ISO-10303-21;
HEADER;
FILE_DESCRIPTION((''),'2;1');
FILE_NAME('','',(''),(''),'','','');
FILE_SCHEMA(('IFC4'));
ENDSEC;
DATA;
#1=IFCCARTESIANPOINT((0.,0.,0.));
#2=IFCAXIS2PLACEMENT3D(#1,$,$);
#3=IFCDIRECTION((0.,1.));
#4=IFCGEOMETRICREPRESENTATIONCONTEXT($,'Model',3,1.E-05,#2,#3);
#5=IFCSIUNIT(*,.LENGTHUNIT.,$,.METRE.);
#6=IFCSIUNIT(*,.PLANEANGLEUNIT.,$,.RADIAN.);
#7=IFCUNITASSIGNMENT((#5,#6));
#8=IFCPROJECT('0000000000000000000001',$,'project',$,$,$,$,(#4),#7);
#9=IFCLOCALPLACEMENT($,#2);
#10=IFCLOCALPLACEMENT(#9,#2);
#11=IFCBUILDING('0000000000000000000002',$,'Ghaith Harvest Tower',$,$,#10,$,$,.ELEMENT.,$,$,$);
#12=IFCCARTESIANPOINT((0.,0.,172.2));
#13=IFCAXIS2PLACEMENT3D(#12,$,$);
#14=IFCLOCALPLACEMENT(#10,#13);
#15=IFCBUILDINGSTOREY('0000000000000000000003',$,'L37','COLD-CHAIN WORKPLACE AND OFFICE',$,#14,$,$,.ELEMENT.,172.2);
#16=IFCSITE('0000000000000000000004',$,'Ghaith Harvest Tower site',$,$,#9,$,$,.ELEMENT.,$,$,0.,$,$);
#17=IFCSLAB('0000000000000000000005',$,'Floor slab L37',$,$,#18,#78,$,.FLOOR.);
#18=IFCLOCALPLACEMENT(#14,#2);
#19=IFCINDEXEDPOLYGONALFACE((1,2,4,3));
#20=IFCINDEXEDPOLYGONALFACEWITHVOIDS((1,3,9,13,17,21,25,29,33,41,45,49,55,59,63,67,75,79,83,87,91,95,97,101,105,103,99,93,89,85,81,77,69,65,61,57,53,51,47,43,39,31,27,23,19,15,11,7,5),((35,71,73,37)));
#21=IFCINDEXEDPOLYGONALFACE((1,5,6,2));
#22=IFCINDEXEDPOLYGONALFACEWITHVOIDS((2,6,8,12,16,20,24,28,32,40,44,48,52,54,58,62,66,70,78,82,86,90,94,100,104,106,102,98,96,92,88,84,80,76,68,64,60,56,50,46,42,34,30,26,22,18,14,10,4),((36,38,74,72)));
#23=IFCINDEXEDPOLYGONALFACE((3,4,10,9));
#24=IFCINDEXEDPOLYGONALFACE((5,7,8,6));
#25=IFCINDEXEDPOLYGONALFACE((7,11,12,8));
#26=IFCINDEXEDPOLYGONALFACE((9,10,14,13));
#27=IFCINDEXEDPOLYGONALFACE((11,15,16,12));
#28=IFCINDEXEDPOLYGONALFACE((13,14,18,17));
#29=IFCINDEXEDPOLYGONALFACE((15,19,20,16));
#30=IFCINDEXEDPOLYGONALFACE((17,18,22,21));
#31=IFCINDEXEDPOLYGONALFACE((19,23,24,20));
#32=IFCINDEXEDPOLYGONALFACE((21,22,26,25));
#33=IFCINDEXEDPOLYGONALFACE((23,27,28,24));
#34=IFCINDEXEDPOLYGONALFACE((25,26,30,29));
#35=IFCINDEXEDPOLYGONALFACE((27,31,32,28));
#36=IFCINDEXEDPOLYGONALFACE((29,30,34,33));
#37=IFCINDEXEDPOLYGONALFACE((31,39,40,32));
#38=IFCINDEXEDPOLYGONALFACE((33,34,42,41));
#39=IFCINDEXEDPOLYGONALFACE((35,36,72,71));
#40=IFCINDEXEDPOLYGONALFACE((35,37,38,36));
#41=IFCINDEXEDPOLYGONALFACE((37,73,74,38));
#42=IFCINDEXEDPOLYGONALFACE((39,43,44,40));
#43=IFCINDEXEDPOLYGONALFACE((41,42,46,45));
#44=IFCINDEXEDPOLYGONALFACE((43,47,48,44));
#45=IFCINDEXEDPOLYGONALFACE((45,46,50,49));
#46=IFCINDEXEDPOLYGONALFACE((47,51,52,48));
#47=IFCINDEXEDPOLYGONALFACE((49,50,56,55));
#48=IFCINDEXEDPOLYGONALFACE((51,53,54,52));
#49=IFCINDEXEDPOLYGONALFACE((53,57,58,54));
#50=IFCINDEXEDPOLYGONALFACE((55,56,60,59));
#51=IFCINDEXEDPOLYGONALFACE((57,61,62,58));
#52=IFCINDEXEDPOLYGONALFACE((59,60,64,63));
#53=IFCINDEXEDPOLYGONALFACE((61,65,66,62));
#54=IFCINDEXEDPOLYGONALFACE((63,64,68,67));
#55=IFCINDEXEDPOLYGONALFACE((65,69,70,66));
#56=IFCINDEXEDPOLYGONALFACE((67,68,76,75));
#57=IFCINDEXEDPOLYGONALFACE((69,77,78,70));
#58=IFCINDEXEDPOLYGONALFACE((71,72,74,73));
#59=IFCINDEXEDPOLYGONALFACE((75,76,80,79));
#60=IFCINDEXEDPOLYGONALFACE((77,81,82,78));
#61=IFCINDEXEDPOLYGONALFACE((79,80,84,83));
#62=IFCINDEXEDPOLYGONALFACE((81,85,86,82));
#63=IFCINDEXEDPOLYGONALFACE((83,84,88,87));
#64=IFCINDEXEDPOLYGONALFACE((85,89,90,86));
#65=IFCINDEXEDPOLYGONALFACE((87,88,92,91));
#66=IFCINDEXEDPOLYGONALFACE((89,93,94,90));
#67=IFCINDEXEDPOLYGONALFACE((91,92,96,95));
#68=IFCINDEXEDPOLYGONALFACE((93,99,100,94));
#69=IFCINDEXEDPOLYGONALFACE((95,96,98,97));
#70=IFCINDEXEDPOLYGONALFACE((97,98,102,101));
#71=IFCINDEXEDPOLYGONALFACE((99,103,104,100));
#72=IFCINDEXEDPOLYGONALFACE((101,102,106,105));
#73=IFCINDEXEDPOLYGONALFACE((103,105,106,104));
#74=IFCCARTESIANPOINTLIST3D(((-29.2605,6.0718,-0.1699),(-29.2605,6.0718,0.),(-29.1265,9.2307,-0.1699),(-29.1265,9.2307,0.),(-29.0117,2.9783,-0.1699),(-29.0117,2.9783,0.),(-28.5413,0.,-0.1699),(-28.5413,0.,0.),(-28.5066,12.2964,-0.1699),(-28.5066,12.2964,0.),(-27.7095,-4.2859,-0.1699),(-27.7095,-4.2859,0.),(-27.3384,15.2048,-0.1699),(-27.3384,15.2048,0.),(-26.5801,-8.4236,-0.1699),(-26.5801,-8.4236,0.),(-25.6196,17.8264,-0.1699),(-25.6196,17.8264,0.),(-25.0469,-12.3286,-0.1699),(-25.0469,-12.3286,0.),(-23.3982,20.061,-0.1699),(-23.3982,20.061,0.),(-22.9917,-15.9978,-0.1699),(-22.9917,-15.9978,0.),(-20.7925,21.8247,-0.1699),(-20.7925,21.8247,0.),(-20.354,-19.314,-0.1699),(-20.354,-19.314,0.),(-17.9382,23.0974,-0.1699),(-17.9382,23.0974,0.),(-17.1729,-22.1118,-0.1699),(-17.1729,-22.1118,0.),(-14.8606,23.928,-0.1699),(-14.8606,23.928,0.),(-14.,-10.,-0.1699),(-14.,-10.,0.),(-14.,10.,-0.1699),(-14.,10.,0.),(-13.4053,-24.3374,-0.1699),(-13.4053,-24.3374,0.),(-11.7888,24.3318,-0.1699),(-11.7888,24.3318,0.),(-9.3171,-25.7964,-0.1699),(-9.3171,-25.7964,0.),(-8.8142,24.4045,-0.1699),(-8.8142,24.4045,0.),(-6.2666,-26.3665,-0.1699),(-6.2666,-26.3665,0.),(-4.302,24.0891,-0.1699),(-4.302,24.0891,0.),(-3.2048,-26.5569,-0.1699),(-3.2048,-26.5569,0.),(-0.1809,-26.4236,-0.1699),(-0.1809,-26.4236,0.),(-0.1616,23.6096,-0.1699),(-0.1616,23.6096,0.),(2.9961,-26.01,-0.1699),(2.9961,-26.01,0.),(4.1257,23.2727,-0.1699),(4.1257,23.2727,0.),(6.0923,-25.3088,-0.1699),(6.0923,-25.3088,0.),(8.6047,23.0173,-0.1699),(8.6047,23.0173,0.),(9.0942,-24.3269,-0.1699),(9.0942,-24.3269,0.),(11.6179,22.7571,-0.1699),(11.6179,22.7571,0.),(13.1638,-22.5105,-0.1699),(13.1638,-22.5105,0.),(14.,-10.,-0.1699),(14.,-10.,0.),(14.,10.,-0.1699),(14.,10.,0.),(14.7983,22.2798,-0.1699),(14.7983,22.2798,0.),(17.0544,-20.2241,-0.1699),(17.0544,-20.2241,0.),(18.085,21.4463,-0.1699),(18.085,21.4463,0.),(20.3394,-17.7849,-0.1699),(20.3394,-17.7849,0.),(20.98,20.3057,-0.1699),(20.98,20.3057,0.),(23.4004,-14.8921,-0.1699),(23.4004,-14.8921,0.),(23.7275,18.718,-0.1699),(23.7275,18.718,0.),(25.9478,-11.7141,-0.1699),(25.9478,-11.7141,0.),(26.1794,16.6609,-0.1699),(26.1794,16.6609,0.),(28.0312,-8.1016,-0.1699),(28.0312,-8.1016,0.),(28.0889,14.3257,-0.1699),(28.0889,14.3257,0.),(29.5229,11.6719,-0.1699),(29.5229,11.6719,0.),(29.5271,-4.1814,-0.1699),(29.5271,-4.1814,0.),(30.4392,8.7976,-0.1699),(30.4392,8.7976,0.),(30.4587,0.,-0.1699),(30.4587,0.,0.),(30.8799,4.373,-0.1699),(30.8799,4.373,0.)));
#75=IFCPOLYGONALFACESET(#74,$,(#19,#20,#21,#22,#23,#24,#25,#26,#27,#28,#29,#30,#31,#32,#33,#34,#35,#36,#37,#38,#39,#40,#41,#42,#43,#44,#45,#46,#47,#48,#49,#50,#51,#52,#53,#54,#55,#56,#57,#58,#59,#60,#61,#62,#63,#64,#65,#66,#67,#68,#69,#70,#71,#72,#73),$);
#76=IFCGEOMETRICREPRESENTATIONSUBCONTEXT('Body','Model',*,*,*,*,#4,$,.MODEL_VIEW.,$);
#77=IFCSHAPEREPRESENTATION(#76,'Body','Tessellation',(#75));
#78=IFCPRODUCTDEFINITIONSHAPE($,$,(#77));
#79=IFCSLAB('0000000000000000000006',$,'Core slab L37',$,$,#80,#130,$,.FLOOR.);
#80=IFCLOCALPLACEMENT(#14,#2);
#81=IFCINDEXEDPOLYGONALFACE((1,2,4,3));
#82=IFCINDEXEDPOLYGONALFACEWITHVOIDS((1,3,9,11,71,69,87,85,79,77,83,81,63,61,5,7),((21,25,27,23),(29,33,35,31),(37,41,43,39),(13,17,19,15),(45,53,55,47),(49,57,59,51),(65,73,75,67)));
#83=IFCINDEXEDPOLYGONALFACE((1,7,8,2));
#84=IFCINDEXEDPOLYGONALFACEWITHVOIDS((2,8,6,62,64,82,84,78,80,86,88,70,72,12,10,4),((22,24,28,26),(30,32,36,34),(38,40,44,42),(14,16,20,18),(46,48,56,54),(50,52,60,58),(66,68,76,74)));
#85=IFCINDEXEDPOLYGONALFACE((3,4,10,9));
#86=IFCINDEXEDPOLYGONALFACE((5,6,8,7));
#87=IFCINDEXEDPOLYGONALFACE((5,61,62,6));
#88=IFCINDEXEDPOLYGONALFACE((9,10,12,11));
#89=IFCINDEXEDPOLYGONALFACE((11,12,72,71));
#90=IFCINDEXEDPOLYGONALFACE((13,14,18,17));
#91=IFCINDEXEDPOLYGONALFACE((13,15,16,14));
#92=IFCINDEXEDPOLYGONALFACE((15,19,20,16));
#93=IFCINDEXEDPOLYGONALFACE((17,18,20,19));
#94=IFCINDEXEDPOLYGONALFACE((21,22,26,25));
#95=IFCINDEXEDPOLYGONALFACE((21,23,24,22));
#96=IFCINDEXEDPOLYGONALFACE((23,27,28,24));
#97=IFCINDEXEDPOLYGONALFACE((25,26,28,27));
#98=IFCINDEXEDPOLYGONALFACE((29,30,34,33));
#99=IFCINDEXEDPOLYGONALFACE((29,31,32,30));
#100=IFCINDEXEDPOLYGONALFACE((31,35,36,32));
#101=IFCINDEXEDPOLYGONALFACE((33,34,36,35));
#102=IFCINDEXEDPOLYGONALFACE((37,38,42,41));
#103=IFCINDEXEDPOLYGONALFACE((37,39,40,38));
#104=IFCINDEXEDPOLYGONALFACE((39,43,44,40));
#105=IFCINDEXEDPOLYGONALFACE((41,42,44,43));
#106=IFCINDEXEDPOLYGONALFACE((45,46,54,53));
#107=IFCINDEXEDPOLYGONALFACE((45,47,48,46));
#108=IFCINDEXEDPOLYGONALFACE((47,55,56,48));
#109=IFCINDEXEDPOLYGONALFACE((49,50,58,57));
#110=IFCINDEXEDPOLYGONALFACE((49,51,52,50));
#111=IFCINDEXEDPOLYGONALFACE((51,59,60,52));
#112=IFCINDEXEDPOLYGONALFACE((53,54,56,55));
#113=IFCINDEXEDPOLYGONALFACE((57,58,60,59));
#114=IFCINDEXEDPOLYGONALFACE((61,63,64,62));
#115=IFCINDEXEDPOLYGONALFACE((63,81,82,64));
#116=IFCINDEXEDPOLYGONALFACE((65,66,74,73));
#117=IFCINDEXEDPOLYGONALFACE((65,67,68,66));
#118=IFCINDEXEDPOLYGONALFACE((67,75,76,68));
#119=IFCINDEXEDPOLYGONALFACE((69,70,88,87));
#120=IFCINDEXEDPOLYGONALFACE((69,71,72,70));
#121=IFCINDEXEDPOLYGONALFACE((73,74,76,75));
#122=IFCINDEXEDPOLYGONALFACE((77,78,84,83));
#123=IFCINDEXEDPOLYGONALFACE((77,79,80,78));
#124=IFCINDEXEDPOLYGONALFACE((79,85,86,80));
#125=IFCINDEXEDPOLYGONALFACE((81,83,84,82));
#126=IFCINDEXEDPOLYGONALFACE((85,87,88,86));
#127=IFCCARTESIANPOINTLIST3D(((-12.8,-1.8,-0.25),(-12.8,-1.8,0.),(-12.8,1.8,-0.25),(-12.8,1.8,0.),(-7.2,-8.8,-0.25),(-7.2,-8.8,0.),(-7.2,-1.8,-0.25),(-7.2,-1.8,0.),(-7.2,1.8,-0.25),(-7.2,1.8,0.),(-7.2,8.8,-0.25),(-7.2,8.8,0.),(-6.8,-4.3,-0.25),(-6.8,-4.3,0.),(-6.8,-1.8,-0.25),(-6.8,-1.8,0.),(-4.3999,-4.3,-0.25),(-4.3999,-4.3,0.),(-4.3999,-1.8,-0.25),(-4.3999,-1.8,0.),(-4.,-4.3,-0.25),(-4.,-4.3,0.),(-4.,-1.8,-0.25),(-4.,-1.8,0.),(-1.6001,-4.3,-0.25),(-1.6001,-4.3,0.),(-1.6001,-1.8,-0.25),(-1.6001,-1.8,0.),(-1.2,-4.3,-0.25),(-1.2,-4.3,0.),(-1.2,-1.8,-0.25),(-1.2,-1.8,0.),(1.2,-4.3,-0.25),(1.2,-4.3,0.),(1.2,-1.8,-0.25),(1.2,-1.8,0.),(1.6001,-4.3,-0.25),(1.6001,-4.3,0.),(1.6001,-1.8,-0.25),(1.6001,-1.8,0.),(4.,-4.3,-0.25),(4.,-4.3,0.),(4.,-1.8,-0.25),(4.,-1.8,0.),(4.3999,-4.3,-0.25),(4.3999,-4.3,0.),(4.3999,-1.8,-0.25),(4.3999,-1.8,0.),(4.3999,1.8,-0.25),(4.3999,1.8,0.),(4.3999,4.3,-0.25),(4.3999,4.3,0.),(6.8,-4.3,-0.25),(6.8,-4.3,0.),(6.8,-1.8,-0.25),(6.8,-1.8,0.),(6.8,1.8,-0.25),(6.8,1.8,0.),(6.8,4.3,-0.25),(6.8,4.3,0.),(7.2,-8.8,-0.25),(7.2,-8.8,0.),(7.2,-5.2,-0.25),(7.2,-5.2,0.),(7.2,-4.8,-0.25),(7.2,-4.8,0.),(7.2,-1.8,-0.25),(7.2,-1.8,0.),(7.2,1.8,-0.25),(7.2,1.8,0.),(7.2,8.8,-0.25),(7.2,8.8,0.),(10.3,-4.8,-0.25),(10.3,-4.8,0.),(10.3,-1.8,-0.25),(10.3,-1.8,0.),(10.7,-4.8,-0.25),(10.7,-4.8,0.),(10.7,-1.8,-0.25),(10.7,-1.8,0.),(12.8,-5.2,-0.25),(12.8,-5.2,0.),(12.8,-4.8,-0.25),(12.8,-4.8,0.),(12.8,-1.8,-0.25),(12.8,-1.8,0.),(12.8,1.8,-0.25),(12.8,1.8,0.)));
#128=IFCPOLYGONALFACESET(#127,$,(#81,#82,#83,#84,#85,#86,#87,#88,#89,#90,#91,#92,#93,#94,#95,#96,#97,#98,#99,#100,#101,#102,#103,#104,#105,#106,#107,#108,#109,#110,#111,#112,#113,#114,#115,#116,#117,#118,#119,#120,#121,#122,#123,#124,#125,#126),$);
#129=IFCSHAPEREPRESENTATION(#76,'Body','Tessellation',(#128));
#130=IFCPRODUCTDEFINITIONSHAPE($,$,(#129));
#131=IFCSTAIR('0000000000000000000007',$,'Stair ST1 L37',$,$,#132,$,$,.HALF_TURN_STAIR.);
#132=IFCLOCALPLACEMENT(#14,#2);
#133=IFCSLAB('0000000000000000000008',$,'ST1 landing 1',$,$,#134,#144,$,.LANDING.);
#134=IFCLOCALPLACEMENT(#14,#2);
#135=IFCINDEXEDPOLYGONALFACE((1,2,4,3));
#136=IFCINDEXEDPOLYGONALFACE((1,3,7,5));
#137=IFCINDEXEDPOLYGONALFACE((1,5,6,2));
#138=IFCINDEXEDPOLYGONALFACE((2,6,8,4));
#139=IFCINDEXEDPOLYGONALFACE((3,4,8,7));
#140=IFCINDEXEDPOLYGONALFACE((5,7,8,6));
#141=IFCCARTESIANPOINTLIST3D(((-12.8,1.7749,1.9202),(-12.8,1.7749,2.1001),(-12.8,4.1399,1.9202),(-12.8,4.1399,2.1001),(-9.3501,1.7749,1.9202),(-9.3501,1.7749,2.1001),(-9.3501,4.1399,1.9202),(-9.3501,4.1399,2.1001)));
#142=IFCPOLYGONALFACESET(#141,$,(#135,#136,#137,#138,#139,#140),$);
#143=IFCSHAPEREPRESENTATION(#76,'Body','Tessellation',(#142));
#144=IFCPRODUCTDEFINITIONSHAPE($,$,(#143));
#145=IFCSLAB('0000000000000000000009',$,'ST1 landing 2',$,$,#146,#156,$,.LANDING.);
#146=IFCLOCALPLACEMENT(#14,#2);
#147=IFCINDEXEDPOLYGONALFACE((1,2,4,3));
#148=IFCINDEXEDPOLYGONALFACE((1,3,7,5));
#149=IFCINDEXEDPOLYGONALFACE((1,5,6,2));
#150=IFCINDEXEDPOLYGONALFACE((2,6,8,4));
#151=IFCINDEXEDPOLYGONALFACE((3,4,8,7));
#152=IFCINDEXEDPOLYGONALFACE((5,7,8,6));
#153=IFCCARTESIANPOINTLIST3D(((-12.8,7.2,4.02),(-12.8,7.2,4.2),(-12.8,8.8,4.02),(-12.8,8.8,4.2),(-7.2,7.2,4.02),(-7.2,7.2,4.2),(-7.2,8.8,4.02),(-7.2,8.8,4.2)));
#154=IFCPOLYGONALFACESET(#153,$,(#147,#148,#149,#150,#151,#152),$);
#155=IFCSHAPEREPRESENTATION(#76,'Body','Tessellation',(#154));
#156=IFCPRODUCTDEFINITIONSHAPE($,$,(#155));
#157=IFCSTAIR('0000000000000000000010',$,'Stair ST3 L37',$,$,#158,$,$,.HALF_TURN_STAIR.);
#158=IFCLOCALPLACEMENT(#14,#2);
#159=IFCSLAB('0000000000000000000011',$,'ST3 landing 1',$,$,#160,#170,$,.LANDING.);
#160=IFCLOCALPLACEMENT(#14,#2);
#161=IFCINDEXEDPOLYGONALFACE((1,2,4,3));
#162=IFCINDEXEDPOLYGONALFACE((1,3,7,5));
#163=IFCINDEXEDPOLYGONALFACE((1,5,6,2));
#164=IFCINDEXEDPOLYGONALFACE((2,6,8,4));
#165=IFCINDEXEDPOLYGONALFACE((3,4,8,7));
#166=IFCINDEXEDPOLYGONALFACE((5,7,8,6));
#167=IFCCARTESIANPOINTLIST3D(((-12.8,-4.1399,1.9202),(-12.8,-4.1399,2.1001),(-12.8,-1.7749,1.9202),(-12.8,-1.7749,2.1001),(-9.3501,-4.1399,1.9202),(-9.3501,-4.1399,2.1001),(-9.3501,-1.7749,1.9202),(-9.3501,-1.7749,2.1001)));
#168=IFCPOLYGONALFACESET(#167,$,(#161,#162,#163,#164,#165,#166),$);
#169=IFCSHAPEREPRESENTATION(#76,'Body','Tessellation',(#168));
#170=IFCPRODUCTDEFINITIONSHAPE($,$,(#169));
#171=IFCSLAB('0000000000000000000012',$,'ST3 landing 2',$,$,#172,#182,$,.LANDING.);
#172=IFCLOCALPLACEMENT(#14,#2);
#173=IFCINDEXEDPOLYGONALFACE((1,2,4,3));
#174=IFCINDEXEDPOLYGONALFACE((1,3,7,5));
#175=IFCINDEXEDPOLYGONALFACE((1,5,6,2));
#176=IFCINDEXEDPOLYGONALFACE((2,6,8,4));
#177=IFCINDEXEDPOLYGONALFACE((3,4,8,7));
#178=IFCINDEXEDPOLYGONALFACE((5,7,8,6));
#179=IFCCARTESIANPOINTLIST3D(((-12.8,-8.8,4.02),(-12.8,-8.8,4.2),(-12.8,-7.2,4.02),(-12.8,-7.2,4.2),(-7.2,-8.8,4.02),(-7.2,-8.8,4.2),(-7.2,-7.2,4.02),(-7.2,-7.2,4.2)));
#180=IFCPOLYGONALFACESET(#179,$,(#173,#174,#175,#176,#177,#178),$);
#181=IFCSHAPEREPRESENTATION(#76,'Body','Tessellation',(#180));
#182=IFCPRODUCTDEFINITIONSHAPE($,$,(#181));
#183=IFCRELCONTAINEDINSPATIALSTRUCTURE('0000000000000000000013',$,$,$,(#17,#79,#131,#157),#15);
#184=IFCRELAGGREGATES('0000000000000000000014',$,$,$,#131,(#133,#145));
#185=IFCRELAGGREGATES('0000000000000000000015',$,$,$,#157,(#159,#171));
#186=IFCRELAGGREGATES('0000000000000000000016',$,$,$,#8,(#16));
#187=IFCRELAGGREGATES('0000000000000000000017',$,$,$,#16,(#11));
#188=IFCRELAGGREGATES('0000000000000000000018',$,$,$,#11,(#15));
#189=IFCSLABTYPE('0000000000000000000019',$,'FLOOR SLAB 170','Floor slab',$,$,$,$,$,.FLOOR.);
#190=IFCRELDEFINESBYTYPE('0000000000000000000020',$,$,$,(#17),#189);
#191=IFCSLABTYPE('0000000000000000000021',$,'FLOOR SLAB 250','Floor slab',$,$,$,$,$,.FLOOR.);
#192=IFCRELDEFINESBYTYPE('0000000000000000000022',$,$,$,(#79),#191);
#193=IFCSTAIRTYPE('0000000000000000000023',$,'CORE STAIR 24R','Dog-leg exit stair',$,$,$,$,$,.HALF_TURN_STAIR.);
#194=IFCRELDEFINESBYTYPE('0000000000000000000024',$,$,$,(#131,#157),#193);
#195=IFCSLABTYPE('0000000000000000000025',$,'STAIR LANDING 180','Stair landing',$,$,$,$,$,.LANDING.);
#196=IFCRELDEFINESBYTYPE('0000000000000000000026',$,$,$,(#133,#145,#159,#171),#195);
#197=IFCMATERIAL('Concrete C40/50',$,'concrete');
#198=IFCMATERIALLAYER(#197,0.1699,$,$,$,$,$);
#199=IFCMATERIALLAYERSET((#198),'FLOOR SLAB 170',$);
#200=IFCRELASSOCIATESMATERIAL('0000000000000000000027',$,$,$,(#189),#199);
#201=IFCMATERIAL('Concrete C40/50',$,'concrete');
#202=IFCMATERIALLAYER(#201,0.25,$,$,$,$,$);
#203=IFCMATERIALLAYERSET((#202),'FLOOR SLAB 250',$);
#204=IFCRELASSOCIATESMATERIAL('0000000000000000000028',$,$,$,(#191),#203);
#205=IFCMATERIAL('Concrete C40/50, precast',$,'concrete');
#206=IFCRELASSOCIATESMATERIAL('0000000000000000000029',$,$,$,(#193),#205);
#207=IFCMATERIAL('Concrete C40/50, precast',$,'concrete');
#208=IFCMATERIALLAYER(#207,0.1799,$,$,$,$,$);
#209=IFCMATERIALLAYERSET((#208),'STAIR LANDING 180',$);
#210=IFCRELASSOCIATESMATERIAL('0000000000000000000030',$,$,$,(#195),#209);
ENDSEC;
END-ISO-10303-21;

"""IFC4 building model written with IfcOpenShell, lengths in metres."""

from ifc_helpers import new_model, si_unit, direction, frame, origin, place, context, subcontext, project, spatial, polyline, outline, extrude, material, layer, layer_set, type_object, element, aggregate, save


model = new_model("IFC4")

# Units and contexts
model_context = context("Model", 3, precision=1e-05, world=origin(), true_north=direction((0.0, 1.0)))
body_context = subcontext(model_context, "Body", "Model", "MODEL_VIEW")
ifc_project = project(units=[si_unit("LENGTHUNIT", "METRE"), si_unit("PLANEANGLEUNIT", "RADIAN")], contexts=[model_context])

# Site, building, storey
site_placement = place(None, origin())
site = spatial("IfcSite", under=ifc_project, at=site_placement, Name="Ghaith Harvest Tower site", CompositionType="ELEMENT", RefElevation=0.0)
building_placement = place(site_placement, origin())
building = spatial("IfcBuilding", under=site, at=building_placement, Name="Ghaith Harvest Tower", CompositionType="ELEMENT")
storey_placement = place(building_placement, frame((0.0, 0.0, 172.2)))
storey = spatial("IfcBuildingStorey", under=building, at=storey_placement, Name="L37", Description="COLD-CHAIN WORKPLACE AND OFFICE", CompositionType="ELEMENT", Elevation=172.2)

# Slabs
ifc_material_1 = material(Name="Concrete C40/50", Category="concrete")
ifc_layer_1 = layer(ifc_material_1, 0.1699)
ifc_layer_set_1 = layer_set([ifc_layer_1], Name="FLOOR SLAB 170")
slab_type_1 = type_object("IfcSlabType", Name="FLOOR SLAB 170", Description="Floor slab", PredefinedType="FLOOR", material=ifc_layer_set_1)
slab_1_placement = place(storey_placement, frame((0.0, 0.0, -0.1699)))
element("IfcSlab", 1, at=slab_1_placement, inside=storey, type_object=slab_type_1, Name="Floor slab L37", PredefinedType="FLOOR", context=body_context, shape_type="SweptSolid", body=[
    extrude(outline(polyline([(30.4587, 0.0), (30.8799, 4.373), (30.4392, 8.7976), (29.5229, 11.6719), (28.0889, 14.3257), (26.1794, 16.6609), (23.7275, 18.718), (20.98, 20.3057), (18.085, 21.4463), (14.7983, 22.2798), (11.6179, 22.7571), (8.6047, 23.0173), (4.1257, 23.2727), (-0.1616, 23.6096), (-4.302, 24.0891), (-8.8142, 24.4045), (-11.7888, 24.3318), (-14.8606, 23.928), (-17.9382, 23.0974), (-20.7925, 21.8247), (-23.3982, 20.061), (-25.6196, 17.8264), (-27.3384, 15.2048), (-28.5066, 12.2964), (-29.1265, 9.2307), (-29.2605, 6.0718), (-29.0117, 2.9783), (-28.5413, 0.0), (-27.7095, -4.2859), (-26.5801, -8.4236), (-25.0469, -12.3286), (-22.9917, -15.9978), (-20.354, -19.314), (-17.1729, -22.1118), (-13.4053, -24.3374), (-9.3171, -25.7964), (-6.2666, -26.3665), (-3.2048, -26.5569), (-0.1809, -26.4236), (2.9961, -26.01), (6.0923, -25.3088), (9.0942, -24.3269), (13.1638, -22.5105), (17.0544, -20.2241), (20.3394, -17.7849), (23.4004, -14.8921), (25.9478, -11.7141), (28.0312, -8.1016), (29.5271, -4.1814), (30.4587, 0.0)]), holes=[polyline([(-14.0, -10.0), (14.0, -10.0), (14.0, 10.0), (-14.0, 10.0), (-14.0, -10.0)])]), origin(), (0.0, 0.0, 1.0), 0.1699),
])
ifc_material_2 = material(Name="Concrete C40/50", Category="concrete")
ifc_layer_2 = layer(ifc_material_2, 0.25)
ifc_layer_set_2 = layer_set([ifc_layer_2], Name="FLOOR SLAB 250")
slab_type_2 = type_object("IfcSlabType", Name="FLOOR SLAB 250", Description="Floor slab", PredefinedType="FLOOR", material=ifc_layer_set_2)
slab_2_placement = place(storey_placement, frame((0.0, 0.0, -0.25)))
element("IfcSlab", 2, at=slab_2_placement, inside=storey, type_object=slab_type_2, Name="Core slab L37", PredefinedType="FLOOR", context=body_context, shape_type="SweptSolid", body=[
    extrude(outline(polyline([(-12.8, 1.8), (-7.2, 1.8), (-7.2, 8.8), (7.2, 8.8), (7.2, 1.8), (12.8, 1.8), (12.8, -1.8), (10.7, -1.8), (10.7, -4.8), (12.8, -4.8), (12.8, -5.2), (7.2, -5.2), (7.2, -8.8), (-7.2, -8.8), (-7.2, -1.8), (-12.8, -1.8), (-12.8, 1.8)]), holes=[polyline([(-4.3999, -4.3), (-4.3999, -1.8), (-6.8, -1.8), (-6.8, -4.3), (-4.3999, -4.3)]), polyline([(-1.6001, -4.3), (-1.6001, -1.8), (-4.0, -1.8), (-4.0, -4.3), (-1.6001, -4.3)]), polyline([(1.2, -1.8), (-1.2, -1.8), (-1.2, -4.3), (1.2, -4.3), (1.2, -1.8)]), polyline([(4.0, -4.3), (4.0, -1.8), (1.6001, -1.8), (1.6001, -4.3), (4.0, -4.3)]), polyline([(10.3, -4.8), (10.3, -1.8), (7.2, -1.8), (7.2, -4.8), (10.3, -4.8)]), polyline([(6.8, -1.8), (4.3999, -1.8), (4.3999, -4.3), (6.8, -4.3), (6.8, -1.8)]), polyline([(6.8, 1.8), (6.8, 4.3), (4.3999, 4.3), (4.3999, 1.8), (6.8, 1.8)])]), origin(), (0.0, 0.0, 1.0), 0.25),
])

# Stairs, slabs
ifc_material_3 = material(Name="Concrete C40/50, precast", Category="concrete")
stair_type = type_object("IfcStairType", Name="CORE STAIR 24R", Description="Dog-leg exit stair", PredefinedType="HALF_TURN_STAIR", material=ifc_material_3)
stair_1_placement = place(storey_placement, origin())
stair_1 = element("IfcStair", 3, at=stair_1_placement, inside=storey, type_object=stair_type, Name="Stair ST1 L37", PredefinedType="HALF_TURN_STAIR")
ifc_material_4 = material(Name="Concrete C40/50, precast", Category="concrete")
ifc_layer_3 = layer(ifc_material_4, 0.1799)
ifc_layer_set_3 = layer_set([ifc_layer_3], Name="STAIR LANDING 180")
slab_type_3 = type_object("IfcSlabType", Name="STAIR LANDING 180", Description="Stair landing", PredefinedType="LANDING", material=ifc_layer_set_3)
slab_3_placement = place(storey_placement, frame((0.0, 0.0, 1.9202)))
slab_3 = element("IfcSlab", 4, at=slab_3_placement, type_object=slab_type_3, Name="ST1 landing 1", PredefinedType="LANDING", context=body_context, shape_type="SweptSolid", body=[
    extrude(outline(polyline([(-12.8, 4.1399), (-12.8, 1.7749), (-9.3501, 1.7749), (-9.3501, 4.1399), (-12.8, 4.1399)])), origin(), (0.0, 0.0, 1.0), 0.1799),
])
slab_4_placement = place(storey_placement, frame((0.0, 0.0, 4.02)))
slab_4 = element("IfcSlab", 5, at=slab_4_placement, type_object=slab_type_3, Name="ST1 landing 2", PredefinedType="LANDING", context=body_context, shape_type="SweptSolid", body=[
    extrude(outline(polyline([(-12.8, 8.8), (-12.8, 7.2), (-7.2, 7.2), (-7.2, 8.8), (-12.8, 8.8)])), origin(), (0.0, 0.0, 1.0), 0.1799),
])
aggregate(stair_1, [slab_3, slab_4])
stair_2_placement = place(storey_placement, origin())
stair_2 = element("IfcStair", 6, at=stair_2_placement, inside=storey, type_object=stair_type, Name="Stair ST3 L37", PredefinedType="HALF_TURN_STAIR")
slab_5_placement = place(storey_placement, frame((0.0, 0.0, 1.9202)))
slab_5 = element("IfcSlab", 7, at=slab_5_placement, type_object=slab_type_3, Name="ST3 landing 1", PredefinedType="LANDING", context=body_context, shape_type="SweptSolid", body=[
    extrude(outline(polyline([(-12.8, -4.1399), (-12.8, -1.7749), (-9.3501, -1.7749), (-9.3501, -4.1399), (-12.8, -4.1399)])), origin(), (0.0, 0.0, 1.0), 0.1799),
])
slab_6_placement = place(storey_placement, frame((0.0, 0.0, 4.02)))
slab_6 = element("IfcSlab", 8, at=slab_6_placement, type_object=slab_type_3, Name="ST3 landing 2", PredefinedType="LANDING", context=body_context, shape_type="SweptSolid", body=[
    extrude(outline(polyline([(-12.8, -8.8), (-12.8, -7.2), (-7.2, -7.2), (-7.2, -8.8), (-12.8, -8.8)])), origin(), (0.0, 0.0, 1.0), 0.1799),
])
aggregate(stair_2, [slab_5, slab_6])

save(model, "model.ifc")
